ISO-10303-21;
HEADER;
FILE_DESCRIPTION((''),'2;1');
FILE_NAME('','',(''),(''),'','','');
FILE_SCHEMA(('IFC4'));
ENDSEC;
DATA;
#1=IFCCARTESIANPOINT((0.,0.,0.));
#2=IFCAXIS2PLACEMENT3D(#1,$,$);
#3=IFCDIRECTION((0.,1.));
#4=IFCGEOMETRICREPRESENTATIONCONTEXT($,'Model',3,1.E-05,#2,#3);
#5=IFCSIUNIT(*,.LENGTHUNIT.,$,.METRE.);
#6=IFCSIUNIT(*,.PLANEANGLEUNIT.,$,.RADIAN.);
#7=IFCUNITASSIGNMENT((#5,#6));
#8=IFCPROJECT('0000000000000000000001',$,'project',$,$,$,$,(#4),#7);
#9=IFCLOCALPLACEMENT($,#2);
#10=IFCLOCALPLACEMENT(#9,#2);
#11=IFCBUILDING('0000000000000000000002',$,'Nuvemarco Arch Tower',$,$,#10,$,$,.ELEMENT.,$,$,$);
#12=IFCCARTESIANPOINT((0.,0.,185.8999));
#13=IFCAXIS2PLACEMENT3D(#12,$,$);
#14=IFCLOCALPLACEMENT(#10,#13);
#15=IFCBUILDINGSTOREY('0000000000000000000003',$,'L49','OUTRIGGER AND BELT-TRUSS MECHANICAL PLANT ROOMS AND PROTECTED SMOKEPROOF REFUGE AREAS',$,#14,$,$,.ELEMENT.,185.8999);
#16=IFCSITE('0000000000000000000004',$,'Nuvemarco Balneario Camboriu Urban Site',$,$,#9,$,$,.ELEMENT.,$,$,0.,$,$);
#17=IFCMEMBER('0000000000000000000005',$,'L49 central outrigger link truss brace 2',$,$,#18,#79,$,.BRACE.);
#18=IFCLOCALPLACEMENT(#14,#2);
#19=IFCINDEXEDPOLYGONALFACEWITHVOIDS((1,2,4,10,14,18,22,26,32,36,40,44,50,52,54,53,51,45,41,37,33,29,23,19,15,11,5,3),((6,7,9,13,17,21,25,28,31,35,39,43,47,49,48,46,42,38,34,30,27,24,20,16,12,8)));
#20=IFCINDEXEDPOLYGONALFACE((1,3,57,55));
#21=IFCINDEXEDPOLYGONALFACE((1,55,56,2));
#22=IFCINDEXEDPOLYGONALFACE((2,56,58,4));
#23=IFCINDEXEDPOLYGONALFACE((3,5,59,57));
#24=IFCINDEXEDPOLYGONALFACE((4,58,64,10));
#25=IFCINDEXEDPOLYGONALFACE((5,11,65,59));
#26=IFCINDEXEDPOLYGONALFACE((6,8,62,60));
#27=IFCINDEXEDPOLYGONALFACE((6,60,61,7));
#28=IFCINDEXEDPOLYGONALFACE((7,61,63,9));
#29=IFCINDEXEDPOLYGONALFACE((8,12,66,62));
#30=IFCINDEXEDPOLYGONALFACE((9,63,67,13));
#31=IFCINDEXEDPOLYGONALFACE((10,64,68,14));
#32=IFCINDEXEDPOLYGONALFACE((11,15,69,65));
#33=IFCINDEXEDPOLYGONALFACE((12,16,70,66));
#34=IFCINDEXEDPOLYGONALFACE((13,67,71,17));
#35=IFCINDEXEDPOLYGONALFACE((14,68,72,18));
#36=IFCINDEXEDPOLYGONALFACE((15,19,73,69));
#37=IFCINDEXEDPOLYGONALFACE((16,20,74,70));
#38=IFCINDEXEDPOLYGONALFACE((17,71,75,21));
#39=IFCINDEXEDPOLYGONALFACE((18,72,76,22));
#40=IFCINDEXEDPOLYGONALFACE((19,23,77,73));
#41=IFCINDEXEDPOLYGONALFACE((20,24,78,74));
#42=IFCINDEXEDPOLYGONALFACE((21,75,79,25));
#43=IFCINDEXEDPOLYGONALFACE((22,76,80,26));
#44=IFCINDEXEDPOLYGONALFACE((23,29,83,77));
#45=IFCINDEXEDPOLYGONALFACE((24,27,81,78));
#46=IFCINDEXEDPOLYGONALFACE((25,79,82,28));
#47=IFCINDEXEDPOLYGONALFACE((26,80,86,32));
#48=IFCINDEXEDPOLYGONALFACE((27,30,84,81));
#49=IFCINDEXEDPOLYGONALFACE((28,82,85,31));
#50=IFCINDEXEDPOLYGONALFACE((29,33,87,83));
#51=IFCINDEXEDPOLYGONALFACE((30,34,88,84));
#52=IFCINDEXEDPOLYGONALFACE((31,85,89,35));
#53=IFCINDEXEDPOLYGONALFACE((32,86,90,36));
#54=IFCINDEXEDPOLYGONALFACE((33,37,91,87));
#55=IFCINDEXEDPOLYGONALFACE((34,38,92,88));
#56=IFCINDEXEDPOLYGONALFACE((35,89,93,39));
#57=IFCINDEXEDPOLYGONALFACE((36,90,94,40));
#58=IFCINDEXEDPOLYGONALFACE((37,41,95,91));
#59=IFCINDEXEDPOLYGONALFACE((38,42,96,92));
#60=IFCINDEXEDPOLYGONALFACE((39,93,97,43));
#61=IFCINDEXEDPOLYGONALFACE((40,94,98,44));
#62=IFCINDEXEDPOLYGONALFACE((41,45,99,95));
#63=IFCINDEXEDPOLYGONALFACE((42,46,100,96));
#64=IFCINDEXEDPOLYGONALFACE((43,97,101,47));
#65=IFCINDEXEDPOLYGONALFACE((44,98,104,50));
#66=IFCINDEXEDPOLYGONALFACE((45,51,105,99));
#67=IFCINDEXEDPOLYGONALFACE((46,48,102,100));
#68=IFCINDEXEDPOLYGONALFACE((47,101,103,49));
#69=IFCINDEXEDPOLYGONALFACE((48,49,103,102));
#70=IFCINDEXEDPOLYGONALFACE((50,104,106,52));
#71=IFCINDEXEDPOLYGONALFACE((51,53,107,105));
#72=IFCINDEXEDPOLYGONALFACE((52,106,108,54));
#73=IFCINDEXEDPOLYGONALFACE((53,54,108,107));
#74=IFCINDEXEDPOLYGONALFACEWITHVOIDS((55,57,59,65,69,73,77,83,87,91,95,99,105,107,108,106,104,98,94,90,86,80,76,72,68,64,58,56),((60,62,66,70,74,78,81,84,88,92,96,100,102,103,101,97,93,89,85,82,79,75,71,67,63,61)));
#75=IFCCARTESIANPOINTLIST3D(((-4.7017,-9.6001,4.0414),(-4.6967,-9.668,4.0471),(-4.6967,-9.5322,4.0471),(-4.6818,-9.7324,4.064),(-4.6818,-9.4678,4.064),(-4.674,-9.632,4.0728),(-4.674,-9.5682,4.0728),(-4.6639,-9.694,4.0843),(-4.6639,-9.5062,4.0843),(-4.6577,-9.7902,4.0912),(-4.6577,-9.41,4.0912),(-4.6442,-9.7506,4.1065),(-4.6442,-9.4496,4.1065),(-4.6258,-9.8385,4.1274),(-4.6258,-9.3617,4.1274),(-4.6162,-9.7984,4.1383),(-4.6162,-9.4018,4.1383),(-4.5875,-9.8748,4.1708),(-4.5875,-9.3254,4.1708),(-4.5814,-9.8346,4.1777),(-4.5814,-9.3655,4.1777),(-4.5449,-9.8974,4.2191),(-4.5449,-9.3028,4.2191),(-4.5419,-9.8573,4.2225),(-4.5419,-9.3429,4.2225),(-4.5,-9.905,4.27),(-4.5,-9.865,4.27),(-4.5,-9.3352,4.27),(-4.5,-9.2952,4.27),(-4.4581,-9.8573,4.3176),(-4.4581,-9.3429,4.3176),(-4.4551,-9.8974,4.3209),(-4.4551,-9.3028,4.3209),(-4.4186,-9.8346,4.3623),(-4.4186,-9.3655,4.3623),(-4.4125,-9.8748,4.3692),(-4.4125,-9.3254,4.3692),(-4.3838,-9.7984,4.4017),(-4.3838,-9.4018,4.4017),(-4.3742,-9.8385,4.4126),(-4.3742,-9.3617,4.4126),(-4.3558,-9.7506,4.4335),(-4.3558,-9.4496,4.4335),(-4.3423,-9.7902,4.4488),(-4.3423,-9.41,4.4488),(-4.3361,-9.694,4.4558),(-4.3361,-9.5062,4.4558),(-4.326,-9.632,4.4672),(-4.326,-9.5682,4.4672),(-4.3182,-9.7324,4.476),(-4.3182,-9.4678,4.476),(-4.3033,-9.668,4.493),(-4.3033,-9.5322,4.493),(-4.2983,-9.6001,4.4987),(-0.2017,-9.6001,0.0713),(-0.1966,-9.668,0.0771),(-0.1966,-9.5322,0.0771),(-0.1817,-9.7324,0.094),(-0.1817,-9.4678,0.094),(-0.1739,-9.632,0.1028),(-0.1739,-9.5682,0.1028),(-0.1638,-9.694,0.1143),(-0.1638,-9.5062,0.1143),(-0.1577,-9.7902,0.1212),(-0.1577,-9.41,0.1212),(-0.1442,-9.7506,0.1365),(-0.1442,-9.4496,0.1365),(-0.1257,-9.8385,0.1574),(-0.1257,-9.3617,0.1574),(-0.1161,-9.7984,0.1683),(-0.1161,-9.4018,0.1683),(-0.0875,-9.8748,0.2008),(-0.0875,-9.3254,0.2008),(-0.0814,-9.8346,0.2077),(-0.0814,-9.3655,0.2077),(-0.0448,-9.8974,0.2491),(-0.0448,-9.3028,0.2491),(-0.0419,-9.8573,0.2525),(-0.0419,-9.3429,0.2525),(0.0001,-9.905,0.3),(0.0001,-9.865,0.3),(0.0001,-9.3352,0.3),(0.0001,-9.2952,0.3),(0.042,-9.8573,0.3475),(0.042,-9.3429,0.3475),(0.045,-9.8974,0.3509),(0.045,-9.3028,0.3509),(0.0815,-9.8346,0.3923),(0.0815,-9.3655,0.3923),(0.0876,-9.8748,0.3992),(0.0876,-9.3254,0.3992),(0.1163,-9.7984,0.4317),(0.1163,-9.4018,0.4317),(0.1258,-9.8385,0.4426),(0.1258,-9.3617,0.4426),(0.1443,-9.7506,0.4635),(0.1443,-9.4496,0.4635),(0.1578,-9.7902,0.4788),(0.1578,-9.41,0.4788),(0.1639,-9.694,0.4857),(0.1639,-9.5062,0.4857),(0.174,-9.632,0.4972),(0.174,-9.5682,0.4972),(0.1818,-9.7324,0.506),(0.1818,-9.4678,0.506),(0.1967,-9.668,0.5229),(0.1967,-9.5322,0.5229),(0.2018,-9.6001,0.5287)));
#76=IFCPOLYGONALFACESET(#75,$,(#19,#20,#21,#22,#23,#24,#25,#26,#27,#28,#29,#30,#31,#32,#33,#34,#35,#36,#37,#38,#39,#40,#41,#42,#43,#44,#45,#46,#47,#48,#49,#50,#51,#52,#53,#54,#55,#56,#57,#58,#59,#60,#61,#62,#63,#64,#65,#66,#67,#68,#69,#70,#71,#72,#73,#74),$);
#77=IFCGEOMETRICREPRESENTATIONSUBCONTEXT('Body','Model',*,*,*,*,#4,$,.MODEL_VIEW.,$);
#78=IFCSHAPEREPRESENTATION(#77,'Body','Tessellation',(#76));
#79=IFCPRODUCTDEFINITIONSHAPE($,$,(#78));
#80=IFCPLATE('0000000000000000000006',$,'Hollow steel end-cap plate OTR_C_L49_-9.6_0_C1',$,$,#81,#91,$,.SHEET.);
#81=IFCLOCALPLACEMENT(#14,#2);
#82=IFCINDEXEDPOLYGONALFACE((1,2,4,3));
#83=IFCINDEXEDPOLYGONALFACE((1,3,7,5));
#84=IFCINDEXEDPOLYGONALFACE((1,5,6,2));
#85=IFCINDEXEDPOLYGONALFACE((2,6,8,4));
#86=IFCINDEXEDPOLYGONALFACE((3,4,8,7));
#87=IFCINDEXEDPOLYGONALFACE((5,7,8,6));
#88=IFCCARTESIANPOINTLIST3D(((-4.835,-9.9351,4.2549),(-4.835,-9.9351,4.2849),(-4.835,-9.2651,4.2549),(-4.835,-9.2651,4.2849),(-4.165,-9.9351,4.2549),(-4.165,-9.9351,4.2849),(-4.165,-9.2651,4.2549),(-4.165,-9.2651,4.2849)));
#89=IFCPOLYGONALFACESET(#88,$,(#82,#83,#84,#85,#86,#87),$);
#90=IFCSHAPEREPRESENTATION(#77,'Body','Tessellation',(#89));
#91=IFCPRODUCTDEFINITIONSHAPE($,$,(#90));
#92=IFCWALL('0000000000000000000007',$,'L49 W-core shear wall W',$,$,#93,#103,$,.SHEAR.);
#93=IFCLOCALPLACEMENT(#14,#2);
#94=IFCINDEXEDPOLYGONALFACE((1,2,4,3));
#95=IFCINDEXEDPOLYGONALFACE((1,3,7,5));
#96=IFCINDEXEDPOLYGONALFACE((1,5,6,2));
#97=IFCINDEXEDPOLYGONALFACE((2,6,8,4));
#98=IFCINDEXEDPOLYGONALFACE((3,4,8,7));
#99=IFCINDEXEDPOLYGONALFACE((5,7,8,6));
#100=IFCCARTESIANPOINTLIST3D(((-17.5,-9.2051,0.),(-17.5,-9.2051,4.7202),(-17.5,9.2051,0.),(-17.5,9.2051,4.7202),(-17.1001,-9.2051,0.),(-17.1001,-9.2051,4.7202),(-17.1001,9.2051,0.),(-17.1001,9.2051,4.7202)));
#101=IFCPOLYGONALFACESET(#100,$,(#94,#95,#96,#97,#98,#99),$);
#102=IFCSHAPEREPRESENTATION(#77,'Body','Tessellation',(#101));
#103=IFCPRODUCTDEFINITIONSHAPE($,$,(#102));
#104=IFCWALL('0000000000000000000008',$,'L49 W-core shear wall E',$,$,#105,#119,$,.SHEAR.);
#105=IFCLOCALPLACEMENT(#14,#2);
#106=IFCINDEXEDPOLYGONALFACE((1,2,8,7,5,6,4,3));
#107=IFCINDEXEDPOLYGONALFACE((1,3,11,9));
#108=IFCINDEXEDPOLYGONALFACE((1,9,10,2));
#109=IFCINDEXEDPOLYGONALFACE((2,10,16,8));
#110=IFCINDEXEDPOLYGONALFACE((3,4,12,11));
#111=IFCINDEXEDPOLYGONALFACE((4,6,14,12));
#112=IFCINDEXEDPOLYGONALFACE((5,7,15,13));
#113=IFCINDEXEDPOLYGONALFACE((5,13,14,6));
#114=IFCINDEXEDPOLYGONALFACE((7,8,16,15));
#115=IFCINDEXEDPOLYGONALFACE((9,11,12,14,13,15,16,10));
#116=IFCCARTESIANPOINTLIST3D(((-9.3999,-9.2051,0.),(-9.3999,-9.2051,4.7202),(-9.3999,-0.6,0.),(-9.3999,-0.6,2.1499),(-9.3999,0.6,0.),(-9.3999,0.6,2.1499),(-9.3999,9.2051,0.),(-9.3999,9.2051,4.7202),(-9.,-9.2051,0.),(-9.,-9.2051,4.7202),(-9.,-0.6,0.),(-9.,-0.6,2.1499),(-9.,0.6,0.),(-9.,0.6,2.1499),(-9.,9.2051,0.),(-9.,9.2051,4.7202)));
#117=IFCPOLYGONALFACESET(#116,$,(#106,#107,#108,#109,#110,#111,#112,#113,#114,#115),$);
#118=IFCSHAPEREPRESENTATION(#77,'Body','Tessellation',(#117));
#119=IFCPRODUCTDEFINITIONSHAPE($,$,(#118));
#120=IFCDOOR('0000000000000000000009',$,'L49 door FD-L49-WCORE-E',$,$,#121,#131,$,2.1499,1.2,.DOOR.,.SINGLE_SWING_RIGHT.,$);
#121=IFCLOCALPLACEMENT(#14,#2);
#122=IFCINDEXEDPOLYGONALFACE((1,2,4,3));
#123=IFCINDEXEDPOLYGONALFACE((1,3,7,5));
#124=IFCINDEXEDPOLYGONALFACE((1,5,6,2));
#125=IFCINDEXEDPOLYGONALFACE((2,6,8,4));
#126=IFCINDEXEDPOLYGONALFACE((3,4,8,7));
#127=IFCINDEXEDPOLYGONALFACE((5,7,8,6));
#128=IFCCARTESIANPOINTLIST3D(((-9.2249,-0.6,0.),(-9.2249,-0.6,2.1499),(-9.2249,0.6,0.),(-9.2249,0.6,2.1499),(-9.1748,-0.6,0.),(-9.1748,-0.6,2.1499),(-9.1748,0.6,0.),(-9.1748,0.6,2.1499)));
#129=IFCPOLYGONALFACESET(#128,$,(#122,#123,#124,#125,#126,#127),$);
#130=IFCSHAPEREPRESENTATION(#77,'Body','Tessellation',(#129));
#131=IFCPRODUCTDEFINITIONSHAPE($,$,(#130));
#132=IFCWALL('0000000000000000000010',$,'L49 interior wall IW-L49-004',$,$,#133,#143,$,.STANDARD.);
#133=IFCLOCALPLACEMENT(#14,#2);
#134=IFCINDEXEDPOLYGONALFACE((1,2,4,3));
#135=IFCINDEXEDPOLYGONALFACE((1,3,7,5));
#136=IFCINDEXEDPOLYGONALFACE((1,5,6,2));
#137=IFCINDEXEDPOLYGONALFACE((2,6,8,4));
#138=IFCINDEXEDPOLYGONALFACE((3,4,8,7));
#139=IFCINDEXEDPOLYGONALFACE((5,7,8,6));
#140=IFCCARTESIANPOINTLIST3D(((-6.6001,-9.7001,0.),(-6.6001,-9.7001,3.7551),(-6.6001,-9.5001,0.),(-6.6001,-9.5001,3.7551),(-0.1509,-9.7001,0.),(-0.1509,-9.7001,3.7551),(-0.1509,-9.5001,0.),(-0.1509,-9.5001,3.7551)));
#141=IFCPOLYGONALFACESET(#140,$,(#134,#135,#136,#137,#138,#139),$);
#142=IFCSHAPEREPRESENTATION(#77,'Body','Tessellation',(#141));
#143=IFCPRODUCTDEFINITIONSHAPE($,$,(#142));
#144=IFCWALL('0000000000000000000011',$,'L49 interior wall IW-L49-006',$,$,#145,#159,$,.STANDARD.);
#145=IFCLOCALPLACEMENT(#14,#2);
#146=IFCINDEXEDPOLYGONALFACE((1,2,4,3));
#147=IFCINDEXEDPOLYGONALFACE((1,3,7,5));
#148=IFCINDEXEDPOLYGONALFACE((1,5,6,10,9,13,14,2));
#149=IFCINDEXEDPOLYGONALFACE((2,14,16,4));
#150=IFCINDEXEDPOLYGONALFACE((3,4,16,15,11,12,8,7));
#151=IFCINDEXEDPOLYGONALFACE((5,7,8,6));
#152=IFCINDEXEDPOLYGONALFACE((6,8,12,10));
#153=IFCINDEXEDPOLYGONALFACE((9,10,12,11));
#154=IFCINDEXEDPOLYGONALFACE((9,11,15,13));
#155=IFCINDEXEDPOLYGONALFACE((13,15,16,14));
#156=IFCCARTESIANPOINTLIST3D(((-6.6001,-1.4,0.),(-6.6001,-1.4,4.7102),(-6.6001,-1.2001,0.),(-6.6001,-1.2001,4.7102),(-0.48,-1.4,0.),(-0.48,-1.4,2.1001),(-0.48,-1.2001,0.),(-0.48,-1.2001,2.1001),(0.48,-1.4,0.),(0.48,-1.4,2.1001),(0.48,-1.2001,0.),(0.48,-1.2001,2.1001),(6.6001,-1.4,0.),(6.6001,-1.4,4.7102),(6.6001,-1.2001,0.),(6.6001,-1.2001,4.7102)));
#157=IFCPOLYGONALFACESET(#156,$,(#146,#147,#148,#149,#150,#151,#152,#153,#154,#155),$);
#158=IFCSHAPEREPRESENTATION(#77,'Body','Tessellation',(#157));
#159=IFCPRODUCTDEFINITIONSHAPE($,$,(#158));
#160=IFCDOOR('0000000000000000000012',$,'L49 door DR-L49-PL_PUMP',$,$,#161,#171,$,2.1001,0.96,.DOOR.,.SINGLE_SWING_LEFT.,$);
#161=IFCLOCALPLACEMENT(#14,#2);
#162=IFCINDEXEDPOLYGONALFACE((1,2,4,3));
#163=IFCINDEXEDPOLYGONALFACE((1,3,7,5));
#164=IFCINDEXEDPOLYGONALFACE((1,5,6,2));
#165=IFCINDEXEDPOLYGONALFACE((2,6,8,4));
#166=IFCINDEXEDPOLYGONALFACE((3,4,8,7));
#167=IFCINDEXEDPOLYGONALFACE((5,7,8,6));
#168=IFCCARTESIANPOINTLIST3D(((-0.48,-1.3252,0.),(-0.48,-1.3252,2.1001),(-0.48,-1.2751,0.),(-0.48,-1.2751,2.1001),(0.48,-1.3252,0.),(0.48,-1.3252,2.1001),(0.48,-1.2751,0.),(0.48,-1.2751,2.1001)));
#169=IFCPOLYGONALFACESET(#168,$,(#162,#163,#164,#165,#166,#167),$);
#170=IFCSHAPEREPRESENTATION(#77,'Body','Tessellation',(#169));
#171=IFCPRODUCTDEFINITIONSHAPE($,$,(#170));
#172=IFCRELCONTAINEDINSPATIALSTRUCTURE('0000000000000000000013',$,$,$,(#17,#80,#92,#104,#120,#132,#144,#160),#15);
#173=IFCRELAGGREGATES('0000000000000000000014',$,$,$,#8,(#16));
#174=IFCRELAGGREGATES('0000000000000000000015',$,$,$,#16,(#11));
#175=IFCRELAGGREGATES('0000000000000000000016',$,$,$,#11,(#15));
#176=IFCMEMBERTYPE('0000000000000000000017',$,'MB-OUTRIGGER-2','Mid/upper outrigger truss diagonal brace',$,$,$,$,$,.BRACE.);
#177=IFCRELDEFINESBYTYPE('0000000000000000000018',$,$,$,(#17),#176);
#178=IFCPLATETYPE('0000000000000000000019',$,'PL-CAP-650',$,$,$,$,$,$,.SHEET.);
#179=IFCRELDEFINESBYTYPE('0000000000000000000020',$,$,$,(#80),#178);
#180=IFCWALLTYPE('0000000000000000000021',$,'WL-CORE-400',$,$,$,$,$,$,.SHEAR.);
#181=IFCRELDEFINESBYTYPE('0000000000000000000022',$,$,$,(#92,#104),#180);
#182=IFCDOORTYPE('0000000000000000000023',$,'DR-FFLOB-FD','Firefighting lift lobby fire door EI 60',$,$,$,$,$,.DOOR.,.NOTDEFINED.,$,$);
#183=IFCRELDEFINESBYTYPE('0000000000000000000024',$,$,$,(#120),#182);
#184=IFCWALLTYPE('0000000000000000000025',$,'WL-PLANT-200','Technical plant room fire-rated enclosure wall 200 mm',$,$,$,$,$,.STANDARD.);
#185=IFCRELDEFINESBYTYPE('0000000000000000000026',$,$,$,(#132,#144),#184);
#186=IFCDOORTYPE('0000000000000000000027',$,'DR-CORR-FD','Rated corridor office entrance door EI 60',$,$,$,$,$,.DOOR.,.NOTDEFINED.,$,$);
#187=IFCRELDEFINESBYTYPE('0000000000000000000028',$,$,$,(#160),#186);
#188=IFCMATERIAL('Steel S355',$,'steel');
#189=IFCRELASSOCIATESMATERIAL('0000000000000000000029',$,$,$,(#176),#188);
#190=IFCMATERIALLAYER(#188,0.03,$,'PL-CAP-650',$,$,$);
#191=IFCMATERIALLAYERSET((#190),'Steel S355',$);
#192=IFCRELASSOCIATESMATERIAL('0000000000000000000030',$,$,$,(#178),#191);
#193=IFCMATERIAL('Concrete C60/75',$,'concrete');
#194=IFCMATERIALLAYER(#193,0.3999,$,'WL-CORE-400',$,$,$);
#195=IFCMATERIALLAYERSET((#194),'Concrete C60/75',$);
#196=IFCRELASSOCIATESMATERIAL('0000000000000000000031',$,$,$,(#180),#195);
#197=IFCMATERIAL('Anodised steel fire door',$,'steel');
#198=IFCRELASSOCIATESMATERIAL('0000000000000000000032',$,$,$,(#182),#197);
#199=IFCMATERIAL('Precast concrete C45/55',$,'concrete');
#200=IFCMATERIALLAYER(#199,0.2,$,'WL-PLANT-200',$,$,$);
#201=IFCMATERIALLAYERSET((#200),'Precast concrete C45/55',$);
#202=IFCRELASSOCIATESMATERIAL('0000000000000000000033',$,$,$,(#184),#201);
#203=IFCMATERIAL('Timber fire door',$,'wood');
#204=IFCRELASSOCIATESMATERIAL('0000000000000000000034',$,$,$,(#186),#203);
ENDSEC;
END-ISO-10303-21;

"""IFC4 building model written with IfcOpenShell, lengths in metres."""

from ifc_helpers import new_model, si_unit, direction, frame, frame_2d, origin, origin_2d, place, context, subcontext, project, spatial, rectangle, hollow_circle, extrude, source, transform, mapped, material, layer, layer_set, material_profile, profile_set, type_object, type_shapes, element, fill, save


model = new_model("IFC4")

# Units and contexts
model_context = context("Model", 3, precision=1e-05, world=origin(), true_north=direction((0.0, 1.0)))
body_context = subcontext(model_context, "Body", "Model", "MODEL_VIEW")
ifc_project = project(units=[si_unit("LENGTHUNIT", "METRE"), si_unit("PLANEANGLEUNIT", "RADIAN")], contexts=[model_context])

# Site, building, storey
site_placement = place(None, origin())
site = spatial("IfcSite", under=ifc_project, at=site_placement, Name="Nuvemarco Balneario Camboriu Urban Site", CompositionType="ELEMENT", RefElevation=0.0)
building_placement = place(site_placement, origin())
building = spatial("IfcBuilding", under=site, at=building_placement, Name="Nuvemarco Arch Tower", CompositionType="ELEMENT")
storey_placement = place(building_placement, frame((0.0, 0.0, 185.8999)))
storey = spatial("IfcBuildingStorey", under=building, at=storey_placement, Name="L49", Description="OUTRIGGER AND BELT-TRUSS MECHANICAL PLANT ROOMS AND PROTECTED SMOKEPROOF REFUGE AREAS", CompositionType="ELEMENT", Elevation=185.8999)

# Shared definitions
ifc_material_1 = material(Name="Steel S355", Category="steel")

# Member
ifc_material_profile_1 = material_profile(ifc_material_1, hollow_circle(Radius=0.3049, WallThickness=0.04, at=origin_2d()), Name="CHS610x40")
ifc_profile_set_1 = profile_set([ifc_material_profile_1], Name="Steel S355")
member_type = type_object("IfcMemberType", Name="MB-OUTRIGGER-2", Description="Mid/upper outrigger truss diagonal brace", PredefinedType="BRACE", material=ifc_profile_set_1)
member_placement = place(storey_placement, frame((-4.5, -9.6001, 4.27), z_axis=(0.749889, 0.0, -0.661564), x_axis=(0.0, 1.0, 0.0)))
element("IfcMember", 1, at=member_placement, inside=storey, type_object=member_type, Name="L49 central outrigger link truss brace 2", PredefinedType="BRACE", context=body_context, shape_type="SweptSolid", body=[
    extrude(hollow_circle(Radius=0.3049, WallThickness=0.04, at=origin_2d()), origin(), (0.0, 0.0, 1.0), 6.001),
])

# Plate
ifc_layer_1 = layer(ifc_material_1, 0.03, Name="PL-CAP-650")
ifc_layer_set_1 = layer_set([ifc_layer_1], Name="Steel S355")
plate_type = type_object("IfcPlateType", Name="PL-CAP-650", PredefinedType="SHEET", material=ifc_layer_set_1)
shared_shape_1 = source(origin(), body_context, "Body", "SweptSolid", [
    extrude(rectangle(XDim=0.6699, YDim=0.6699, at=origin_2d()), origin(), (0.0, 0.0, 1.0), 0.03),
])
type_shapes(plate_type, [shared_shape_1])
plate_placement = place(storey_placement, frame((-4.5, -9.6001, 4.2549), z_axis=(0.0, 0.0, 1.0), x_axis=(1.0, 0.0, 0.0)))
element("IfcPlate", 2, at=plate_placement, inside=storey, type_object=plate_type, Name="Hollow steel end-cap plate OTR_C_L49_-9.6_0_C1", PredefinedType="SHEET", context=body_context, shape_type="MappedRepresentation", body=[
    mapped(shared_shape_1, transform((0.0, 0.0, 0.0), scale=1.0)),
])

# Wall
ifc_material_2 = material(Name="Concrete C60/75", Category="concrete")
ifc_layer_2 = layer(ifc_material_2, 0.3999, Name="WL-CORE-400")
ifc_layer_set_2 = layer_set([ifc_layer_2], Name="Concrete C60/75")
wall_type_1 = type_object("IfcWallType", Name="WL-CORE-400", PredefinedType="SHEAR", material=ifc_layer_set_2)
wall_1_placement = place(storey_placement, frame((-17.3, -9.2051, 0.0), z_axis=(0.0, 0.0, 1.0), x_axis=(0.0, 1.0, 0.0)))
element("IfcWall", 3, at=wall_1_placement, inside=storey, type_object=wall_type_1, Name="L49 W-core shear wall W", PredefinedType="SHEAR", context=body_context, shape_type="SweptSolid", body=[
    extrude(rectangle(XDim=18.4102, YDim=0.3999, at=frame_2d((9.2051, 0.0))), origin(), (0.0, 0.0, 1.0), 4.7202),
])

# Wall, opening, door
wall_2_placement = place(storey_placement, frame((-9.2, -9.2051, 0.0), z_axis=(0.0, 0.0, 1.0), x_axis=(0.0, 1.0, 0.0)))
wall_2 = element("IfcWall", 4, at=wall_2_placement, inside=storey, type_object=wall_type_1, Name="L49 W-core shear wall E", PredefinedType="SHEAR", context=body_context, shape_type="SweptSolid", body=[
    extrude(rectangle(XDim=18.4102, YDim=0.3999, at=frame_2d((9.2051, 0.0))), origin(), (0.0, 0.0, 1.0), 4.7202),
])
opening_1_placement = place(wall_2_placement, frame((8.605, 0.0, 0.0)))
opening_1 = element("IfcOpeningElement", 5, at=opening_1_placement, cuts=wall_2, PredefinedType="OPENING", context=body_context, shape_type="SweptSolid", body=[
    extrude(rectangle(XDim=1.2, YDim=2.1499, at=frame_2d((0.6001, 1.075))), frame((0.0, 0.21, 0.0), z_axis=(0.0, -1.0, 0.0), x_axis=(1.0, 0.0, 0.0)), (0.0, 0.0, 1.0), 0.4199),
])
ifc_material_3 = material(Name="Anodised steel fire door", Category="steel")
door_type_1 = type_object("IfcDoorType", Name="DR-FFLOB-FD", Description="Firefighting lift lobby fire door EI 60", OperationType="NOTDEFINED", PredefinedType="DOOR", material=ifc_material_3)
shared_shape_2 = source(origin(), body_context, "Body", "SweptSolid", [
    extrude(rectangle(XDim=1.2, YDim=2.1499, at=frame_2d((0.6001, 1.075))), frame((0.0, 0.0249, 0.0), z_axis=(0.0, -1.0, 0.0), x_axis=(1.0, 0.0, 0.0)), (0.0, 0.0, 1.0), 0.05),
])
type_shapes(door_type_1, [shared_shape_2])
door_1_placement = place(opening_1_placement, origin())
door_1 = element("IfcDoor", 6, at=door_1_placement, inside=storey, type_object=door_type_1, Name="L49 door FD-L49-WCORE-E", OperationType="SINGLE_SWING_RIGHT", OverallHeight=2.1499, OverallWidth=1.2, PredefinedType="DOOR", context=body_context, shape_type="MappedRepresentation", body=[
    mapped(shared_shape_2, transform((0.0, 0.0, 0.0), scale=1.0)),
])
fill(opening_1, door_1)

# Wall
ifc_material_4 = material(Name="Precast concrete C45/55", Category="concrete")
ifc_layer_3 = layer(ifc_material_4, 0.2, Name="WL-PLANT-200")
ifc_layer_set_3 = layer_set([ifc_layer_3], Name="Precast concrete C45/55")
wall_type_2 = type_object("IfcWallType", Name="WL-PLANT-200", Description="Technical plant room fire-rated enclosure wall 200 mm", PredefinedType="STANDARD", material=ifc_layer_set_3)
wall_3_placement = place(storey_placement, frame((-6.6001, -9.6001, 0.0), z_axis=(0.0, 0.0, 1.0), x_axis=(1.0, 0.0, 0.0)))
element("IfcWall", 7, at=wall_3_placement, inside=storey, type_object=wall_type_2, Name="L49 interior wall IW-L49-004", PredefinedType="STANDARD", context=body_context, shape_type="SweptSolid", body=[
    extrude(rectangle(XDim=6.4492, YDim=0.2, at=frame_2d((3.2246, 0.0))), origin(), (0.0, 0.0, 1.0), 3.7551),
])

# Wall, opening, door
wall_4_placement = place(storey_placement, frame((-6.6001, -1.3, 0.0), z_axis=(0.0, 0.0, 1.0), x_axis=(1.0, 0.0, 0.0)))
wall_4 = element("IfcWall", 8, at=wall_4_placement, inside=storey, type_object=wall_type_2, Name="L49 interior wall IW-L49-006", PredefinedType="STANDARD", context=body_context, shape_type="SweptSolid", body=[
    extrude(rectangle(XDim=13.2002, YDim=0.2, at=frame_2d((6.6001, 0.0))), origin(), (0.0, 0.0, 1.0), 4.7102),
])
opening_2_placement = place(wall_4_placement, frame((6.1201, 0.0, 0.0)))
opening_2 = element("IfcOpeningElement", 9, at=opening_2_placement, cuts=wall_4, PredefinedType="OPENING", context=body_context, shape_type="SweptSolid", body=[
    extrude(rectangle(XDim=0.96, YDim=2.1001, at=frame_2d((0.48, 1.05))), frame((0.0, 0.1099, 0.0), z_axis=(0.0, -1.0, 0.0), x_axis=(1.0, 0.0, 0.0)), (0.0, 0.0, 1.0), 0.22),
])
ifc_material_5 = material(Name="Timber fire door", Category="wood")
door_type_2 = type_object("IfcDoorType", Name="DR-CORR-FD", Description="Rated corridor office entrance door EI 60", OperationType="NOTDEFINED", PredefinedType="DOOR", material=ifc_material_5)
shared_shape_3 = source(origin(), body_context, "Body", "SweptSolid", [
    extrude(rectangle(XDim=0.96, YDim=2.1001, at=frame_2d((0.48, 1.05))), frame((0.0, 0.0249, 0.0), z_axis=(0.0, -1.0, 0.0), x_axis=(1.0, 0.0, 0.0)), (0.0, 0.0, 1.0), 0.05),
])
type_shapes(door_type_2, [shared_shape_3])
door_2_placement = place(opening_2_placement, origin())
door_2 = element("IfcDoor", 10, at=door_2_placement, inside=storey, type_object=door_type_2, Name="L49 door DR-L49-PL_PUMP", OperationType="SINGLE_SWING_LEFT", OverallHeight=2.1001, OverallWidth=0.96, PredefinedType="DOOR", context=body_context, shape_type="MappedRepresentation", body=[
    mapped(shared_shape_3, transform((0.0, 0.0, 0.0), scale=1.0)),
])
fill(opening_2, door_2)

save(model, "model.ifc")
